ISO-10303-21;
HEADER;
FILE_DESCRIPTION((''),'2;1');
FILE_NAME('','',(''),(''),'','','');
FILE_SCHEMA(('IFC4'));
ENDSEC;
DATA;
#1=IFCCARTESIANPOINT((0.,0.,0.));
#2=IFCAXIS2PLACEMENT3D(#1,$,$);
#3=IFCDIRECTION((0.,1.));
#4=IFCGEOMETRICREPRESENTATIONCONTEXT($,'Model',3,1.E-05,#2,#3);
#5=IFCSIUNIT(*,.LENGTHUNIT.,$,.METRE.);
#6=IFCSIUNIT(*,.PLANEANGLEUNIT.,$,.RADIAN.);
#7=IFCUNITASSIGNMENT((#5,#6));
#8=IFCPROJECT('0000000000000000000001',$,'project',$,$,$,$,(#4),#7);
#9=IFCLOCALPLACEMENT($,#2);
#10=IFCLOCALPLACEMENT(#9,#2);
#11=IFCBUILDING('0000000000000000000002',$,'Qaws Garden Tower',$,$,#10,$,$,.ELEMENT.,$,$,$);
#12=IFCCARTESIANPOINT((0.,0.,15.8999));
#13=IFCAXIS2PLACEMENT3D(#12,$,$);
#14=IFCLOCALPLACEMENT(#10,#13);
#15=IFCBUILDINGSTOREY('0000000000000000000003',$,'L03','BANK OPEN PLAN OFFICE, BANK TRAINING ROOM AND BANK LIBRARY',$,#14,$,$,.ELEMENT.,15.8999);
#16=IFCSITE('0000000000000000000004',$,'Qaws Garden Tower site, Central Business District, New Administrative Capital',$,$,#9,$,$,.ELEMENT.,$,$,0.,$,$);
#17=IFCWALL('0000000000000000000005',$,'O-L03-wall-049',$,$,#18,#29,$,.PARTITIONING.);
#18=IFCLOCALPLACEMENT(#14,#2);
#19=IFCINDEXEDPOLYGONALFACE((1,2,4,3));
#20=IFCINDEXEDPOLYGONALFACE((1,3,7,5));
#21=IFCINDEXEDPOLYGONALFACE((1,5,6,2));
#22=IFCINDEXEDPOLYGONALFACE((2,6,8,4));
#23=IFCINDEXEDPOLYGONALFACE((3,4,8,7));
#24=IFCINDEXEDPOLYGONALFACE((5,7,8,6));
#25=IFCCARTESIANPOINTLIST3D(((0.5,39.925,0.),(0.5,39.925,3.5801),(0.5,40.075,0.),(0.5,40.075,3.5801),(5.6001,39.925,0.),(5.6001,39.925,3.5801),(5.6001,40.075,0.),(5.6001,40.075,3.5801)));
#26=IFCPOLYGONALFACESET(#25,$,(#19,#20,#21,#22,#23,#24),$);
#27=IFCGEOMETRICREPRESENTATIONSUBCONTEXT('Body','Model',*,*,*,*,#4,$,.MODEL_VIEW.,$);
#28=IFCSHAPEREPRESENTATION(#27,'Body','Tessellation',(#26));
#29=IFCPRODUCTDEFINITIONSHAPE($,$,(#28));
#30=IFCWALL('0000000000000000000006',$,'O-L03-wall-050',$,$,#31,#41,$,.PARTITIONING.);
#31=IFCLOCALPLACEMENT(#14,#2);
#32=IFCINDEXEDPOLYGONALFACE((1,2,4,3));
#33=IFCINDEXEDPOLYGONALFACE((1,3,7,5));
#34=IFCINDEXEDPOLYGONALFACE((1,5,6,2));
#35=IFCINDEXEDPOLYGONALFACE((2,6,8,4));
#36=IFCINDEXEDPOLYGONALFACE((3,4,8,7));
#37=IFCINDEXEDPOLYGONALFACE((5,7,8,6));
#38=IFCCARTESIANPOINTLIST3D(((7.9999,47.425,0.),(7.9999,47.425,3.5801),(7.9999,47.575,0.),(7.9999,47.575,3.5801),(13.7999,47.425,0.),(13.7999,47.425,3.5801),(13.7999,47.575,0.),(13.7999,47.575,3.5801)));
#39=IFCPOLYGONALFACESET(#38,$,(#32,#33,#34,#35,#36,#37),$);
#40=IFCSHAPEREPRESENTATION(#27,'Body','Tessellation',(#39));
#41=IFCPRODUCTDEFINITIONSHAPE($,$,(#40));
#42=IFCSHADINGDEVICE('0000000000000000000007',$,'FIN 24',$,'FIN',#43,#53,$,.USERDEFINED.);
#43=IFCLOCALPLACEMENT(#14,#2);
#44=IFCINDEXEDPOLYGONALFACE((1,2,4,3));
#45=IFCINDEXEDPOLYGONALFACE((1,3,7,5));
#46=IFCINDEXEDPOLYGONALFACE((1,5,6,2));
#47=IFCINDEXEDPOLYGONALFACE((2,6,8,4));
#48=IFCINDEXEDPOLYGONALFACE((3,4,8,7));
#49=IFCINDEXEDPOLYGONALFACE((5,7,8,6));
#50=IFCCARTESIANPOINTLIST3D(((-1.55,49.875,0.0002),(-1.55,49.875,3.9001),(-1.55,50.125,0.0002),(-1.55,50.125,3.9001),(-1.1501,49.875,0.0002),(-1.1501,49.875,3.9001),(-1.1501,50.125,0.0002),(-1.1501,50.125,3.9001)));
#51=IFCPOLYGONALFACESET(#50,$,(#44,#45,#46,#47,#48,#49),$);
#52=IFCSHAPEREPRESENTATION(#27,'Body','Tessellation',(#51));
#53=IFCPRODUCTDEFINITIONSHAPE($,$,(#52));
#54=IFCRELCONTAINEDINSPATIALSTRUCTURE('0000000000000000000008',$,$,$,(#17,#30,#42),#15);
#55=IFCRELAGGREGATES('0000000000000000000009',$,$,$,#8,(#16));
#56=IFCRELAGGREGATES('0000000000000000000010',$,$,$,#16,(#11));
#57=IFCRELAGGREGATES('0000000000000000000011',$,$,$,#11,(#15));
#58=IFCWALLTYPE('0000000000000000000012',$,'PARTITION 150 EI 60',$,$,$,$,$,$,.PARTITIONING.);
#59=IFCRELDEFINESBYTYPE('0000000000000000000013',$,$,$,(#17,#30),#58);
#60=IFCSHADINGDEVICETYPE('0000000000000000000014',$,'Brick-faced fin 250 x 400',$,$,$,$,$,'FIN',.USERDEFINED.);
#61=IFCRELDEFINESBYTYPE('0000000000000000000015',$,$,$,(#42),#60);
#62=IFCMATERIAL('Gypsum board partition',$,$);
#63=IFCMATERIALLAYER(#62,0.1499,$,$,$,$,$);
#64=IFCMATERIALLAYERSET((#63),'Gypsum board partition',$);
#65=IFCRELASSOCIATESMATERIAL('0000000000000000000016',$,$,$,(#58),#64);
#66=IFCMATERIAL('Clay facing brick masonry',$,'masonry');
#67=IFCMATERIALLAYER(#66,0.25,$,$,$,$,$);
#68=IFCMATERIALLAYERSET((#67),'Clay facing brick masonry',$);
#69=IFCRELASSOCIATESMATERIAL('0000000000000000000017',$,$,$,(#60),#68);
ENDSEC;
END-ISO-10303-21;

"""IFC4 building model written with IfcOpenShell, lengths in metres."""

from ifc_helpers import new_model, si_unit, direction, frame, frame_2d, origin, origin_2d, place, context, subcontext, project, spatial, rectangle, extrude, material, layer, layer_set, type_object, element, save


model = new_model("IFC4")

# Units and contexts
model_context = context("Model", 3, precision=1e-05, world=origin(), true_north=direction((0.0, 1.0)))
body_context = subcontext(model_context, "Body", "Model", "MODEL_VIEW")
ifc_project = project(units=[si_unit("LENGTHUNIT", "METRE"), si_unit("PLANEANGLEUNIT", "RADIAN")], contexts=[model_context])

# Site, building, storey
site_placement = place(None, origin())
site = spatial("IfcSite", under=ifc_project, at=site_placement, Name="Qaws Garden Tower site, Central Business District, New Administrative Capital", CompositionType="ELEMENT", RefElevation=0.0)
building_placement = place(site_placement, origin())
building = spatial("IfcBuilding", under=site, at=building_placement, Name="Qaws Garden Tower", CompositionType="ELEMENT")
storey_placement = place(building_placement, frame((0.0, 0.0, 15.8999)))
storey = spatial("IfcBuildingStorey", under=building, at=storey_placement, Name="L03", Description="BANK OPEN PLAN OFFICE, BANK TRAINING ROOM AND BANK LIBRARY", CompositionType="ELEMENT", Elevation=15.8999)

# Shared definitions
ifc_material_1 = material(Name="Gypsum board partition")
ifc_layer_1 = layer(ifc_material_1, 0.1499)
ifc_layer_set_1 = layer_set([ifc_layer_1], Name="Gypsum board partition")
wall_type_1 = type_object("IfcWallType", Name="PARTITION 150 EI 60", PredefinedType="PARTITIONING", material=ifc_layer_set_1)

# Walls
wall_1_placement = place(storey_placement, frame((0.5, 40.0, 0.0), z_axis=(0.0, 0.0, 1.0), x_axis=(1.0, 0.0, 0.0)))
element("IfcWall", 1, at=wall_1_placement, inside=storey, type_object=wall_type_1, Name="O-L03-wall-049", PredefinedType="PARTITIONING", context=body_context, shape_type="SweptSolid", body=[
    extrude(rectangle(XDim=5.1001, YDim=0.1499, at=frame_2d((2.55, 0.0))), origin(), (0.0, 0.0, 1.0), 3.5801),
])
wall_2_placement = place(storey_placement, frame((8.0, 47.5, 0.0), z_axis=(0.0, 0.0, 1.0), x_axis=(1.0, 0.0, 0.0)))
element("IfcWall", 2, at=wall_2_placement, inside=storey, type_object=wall_type_1, Name="O-L03-wall-050", PredefinedType="PARTITIONING", context=body_context, shape_type="SweptSolid", body=[
    extrude(rectangle(XDim=5.8, YDim=0.1499, at=frame_2d((2.8999, 0.0))), origin(), (0.0, 0.0, 1.0), 3.5801),
])

# Shading device
ifc_material_2 = material(Name="Clay facing brick masonry", Category="masonry")
ifc_layer_2 = layer(ifc_material_2, 0.25)
ifc_layer_set_2 = layer_set([ifc_layer_2], Name="Clay facing brick masonry")
shading_device_type = type_object("IfcShadingDeviceType", Name="Brick-faced fin 250 x 400", ElementType="FIN", PredefinedType="USERDEFINED", material=ifc_layer_set_2)
shading_device_placement = place(storey_placement, frame((-1.3501, 50.0, 0.0002), z_axis=(0.0, 0.0, 1.0), x_axis=(0.0, -1.0, 0.0)))
element("IfcShadingDevice", 3, at=shading_device_placement, inside=storey, type_object=shading_device_type, Name="FIN 24", ObjectType="FIN", PredefinedType="USERDEFINED", context=body_context, shape_type="SweptSolid", body=[
    extrude(rectangle(XDim=0.25, YDim=0.3999, at=origin_2d()), origin(), (0.0, 0.0, 1.0), 3.8999),
])

save(model, "model.ifc")
